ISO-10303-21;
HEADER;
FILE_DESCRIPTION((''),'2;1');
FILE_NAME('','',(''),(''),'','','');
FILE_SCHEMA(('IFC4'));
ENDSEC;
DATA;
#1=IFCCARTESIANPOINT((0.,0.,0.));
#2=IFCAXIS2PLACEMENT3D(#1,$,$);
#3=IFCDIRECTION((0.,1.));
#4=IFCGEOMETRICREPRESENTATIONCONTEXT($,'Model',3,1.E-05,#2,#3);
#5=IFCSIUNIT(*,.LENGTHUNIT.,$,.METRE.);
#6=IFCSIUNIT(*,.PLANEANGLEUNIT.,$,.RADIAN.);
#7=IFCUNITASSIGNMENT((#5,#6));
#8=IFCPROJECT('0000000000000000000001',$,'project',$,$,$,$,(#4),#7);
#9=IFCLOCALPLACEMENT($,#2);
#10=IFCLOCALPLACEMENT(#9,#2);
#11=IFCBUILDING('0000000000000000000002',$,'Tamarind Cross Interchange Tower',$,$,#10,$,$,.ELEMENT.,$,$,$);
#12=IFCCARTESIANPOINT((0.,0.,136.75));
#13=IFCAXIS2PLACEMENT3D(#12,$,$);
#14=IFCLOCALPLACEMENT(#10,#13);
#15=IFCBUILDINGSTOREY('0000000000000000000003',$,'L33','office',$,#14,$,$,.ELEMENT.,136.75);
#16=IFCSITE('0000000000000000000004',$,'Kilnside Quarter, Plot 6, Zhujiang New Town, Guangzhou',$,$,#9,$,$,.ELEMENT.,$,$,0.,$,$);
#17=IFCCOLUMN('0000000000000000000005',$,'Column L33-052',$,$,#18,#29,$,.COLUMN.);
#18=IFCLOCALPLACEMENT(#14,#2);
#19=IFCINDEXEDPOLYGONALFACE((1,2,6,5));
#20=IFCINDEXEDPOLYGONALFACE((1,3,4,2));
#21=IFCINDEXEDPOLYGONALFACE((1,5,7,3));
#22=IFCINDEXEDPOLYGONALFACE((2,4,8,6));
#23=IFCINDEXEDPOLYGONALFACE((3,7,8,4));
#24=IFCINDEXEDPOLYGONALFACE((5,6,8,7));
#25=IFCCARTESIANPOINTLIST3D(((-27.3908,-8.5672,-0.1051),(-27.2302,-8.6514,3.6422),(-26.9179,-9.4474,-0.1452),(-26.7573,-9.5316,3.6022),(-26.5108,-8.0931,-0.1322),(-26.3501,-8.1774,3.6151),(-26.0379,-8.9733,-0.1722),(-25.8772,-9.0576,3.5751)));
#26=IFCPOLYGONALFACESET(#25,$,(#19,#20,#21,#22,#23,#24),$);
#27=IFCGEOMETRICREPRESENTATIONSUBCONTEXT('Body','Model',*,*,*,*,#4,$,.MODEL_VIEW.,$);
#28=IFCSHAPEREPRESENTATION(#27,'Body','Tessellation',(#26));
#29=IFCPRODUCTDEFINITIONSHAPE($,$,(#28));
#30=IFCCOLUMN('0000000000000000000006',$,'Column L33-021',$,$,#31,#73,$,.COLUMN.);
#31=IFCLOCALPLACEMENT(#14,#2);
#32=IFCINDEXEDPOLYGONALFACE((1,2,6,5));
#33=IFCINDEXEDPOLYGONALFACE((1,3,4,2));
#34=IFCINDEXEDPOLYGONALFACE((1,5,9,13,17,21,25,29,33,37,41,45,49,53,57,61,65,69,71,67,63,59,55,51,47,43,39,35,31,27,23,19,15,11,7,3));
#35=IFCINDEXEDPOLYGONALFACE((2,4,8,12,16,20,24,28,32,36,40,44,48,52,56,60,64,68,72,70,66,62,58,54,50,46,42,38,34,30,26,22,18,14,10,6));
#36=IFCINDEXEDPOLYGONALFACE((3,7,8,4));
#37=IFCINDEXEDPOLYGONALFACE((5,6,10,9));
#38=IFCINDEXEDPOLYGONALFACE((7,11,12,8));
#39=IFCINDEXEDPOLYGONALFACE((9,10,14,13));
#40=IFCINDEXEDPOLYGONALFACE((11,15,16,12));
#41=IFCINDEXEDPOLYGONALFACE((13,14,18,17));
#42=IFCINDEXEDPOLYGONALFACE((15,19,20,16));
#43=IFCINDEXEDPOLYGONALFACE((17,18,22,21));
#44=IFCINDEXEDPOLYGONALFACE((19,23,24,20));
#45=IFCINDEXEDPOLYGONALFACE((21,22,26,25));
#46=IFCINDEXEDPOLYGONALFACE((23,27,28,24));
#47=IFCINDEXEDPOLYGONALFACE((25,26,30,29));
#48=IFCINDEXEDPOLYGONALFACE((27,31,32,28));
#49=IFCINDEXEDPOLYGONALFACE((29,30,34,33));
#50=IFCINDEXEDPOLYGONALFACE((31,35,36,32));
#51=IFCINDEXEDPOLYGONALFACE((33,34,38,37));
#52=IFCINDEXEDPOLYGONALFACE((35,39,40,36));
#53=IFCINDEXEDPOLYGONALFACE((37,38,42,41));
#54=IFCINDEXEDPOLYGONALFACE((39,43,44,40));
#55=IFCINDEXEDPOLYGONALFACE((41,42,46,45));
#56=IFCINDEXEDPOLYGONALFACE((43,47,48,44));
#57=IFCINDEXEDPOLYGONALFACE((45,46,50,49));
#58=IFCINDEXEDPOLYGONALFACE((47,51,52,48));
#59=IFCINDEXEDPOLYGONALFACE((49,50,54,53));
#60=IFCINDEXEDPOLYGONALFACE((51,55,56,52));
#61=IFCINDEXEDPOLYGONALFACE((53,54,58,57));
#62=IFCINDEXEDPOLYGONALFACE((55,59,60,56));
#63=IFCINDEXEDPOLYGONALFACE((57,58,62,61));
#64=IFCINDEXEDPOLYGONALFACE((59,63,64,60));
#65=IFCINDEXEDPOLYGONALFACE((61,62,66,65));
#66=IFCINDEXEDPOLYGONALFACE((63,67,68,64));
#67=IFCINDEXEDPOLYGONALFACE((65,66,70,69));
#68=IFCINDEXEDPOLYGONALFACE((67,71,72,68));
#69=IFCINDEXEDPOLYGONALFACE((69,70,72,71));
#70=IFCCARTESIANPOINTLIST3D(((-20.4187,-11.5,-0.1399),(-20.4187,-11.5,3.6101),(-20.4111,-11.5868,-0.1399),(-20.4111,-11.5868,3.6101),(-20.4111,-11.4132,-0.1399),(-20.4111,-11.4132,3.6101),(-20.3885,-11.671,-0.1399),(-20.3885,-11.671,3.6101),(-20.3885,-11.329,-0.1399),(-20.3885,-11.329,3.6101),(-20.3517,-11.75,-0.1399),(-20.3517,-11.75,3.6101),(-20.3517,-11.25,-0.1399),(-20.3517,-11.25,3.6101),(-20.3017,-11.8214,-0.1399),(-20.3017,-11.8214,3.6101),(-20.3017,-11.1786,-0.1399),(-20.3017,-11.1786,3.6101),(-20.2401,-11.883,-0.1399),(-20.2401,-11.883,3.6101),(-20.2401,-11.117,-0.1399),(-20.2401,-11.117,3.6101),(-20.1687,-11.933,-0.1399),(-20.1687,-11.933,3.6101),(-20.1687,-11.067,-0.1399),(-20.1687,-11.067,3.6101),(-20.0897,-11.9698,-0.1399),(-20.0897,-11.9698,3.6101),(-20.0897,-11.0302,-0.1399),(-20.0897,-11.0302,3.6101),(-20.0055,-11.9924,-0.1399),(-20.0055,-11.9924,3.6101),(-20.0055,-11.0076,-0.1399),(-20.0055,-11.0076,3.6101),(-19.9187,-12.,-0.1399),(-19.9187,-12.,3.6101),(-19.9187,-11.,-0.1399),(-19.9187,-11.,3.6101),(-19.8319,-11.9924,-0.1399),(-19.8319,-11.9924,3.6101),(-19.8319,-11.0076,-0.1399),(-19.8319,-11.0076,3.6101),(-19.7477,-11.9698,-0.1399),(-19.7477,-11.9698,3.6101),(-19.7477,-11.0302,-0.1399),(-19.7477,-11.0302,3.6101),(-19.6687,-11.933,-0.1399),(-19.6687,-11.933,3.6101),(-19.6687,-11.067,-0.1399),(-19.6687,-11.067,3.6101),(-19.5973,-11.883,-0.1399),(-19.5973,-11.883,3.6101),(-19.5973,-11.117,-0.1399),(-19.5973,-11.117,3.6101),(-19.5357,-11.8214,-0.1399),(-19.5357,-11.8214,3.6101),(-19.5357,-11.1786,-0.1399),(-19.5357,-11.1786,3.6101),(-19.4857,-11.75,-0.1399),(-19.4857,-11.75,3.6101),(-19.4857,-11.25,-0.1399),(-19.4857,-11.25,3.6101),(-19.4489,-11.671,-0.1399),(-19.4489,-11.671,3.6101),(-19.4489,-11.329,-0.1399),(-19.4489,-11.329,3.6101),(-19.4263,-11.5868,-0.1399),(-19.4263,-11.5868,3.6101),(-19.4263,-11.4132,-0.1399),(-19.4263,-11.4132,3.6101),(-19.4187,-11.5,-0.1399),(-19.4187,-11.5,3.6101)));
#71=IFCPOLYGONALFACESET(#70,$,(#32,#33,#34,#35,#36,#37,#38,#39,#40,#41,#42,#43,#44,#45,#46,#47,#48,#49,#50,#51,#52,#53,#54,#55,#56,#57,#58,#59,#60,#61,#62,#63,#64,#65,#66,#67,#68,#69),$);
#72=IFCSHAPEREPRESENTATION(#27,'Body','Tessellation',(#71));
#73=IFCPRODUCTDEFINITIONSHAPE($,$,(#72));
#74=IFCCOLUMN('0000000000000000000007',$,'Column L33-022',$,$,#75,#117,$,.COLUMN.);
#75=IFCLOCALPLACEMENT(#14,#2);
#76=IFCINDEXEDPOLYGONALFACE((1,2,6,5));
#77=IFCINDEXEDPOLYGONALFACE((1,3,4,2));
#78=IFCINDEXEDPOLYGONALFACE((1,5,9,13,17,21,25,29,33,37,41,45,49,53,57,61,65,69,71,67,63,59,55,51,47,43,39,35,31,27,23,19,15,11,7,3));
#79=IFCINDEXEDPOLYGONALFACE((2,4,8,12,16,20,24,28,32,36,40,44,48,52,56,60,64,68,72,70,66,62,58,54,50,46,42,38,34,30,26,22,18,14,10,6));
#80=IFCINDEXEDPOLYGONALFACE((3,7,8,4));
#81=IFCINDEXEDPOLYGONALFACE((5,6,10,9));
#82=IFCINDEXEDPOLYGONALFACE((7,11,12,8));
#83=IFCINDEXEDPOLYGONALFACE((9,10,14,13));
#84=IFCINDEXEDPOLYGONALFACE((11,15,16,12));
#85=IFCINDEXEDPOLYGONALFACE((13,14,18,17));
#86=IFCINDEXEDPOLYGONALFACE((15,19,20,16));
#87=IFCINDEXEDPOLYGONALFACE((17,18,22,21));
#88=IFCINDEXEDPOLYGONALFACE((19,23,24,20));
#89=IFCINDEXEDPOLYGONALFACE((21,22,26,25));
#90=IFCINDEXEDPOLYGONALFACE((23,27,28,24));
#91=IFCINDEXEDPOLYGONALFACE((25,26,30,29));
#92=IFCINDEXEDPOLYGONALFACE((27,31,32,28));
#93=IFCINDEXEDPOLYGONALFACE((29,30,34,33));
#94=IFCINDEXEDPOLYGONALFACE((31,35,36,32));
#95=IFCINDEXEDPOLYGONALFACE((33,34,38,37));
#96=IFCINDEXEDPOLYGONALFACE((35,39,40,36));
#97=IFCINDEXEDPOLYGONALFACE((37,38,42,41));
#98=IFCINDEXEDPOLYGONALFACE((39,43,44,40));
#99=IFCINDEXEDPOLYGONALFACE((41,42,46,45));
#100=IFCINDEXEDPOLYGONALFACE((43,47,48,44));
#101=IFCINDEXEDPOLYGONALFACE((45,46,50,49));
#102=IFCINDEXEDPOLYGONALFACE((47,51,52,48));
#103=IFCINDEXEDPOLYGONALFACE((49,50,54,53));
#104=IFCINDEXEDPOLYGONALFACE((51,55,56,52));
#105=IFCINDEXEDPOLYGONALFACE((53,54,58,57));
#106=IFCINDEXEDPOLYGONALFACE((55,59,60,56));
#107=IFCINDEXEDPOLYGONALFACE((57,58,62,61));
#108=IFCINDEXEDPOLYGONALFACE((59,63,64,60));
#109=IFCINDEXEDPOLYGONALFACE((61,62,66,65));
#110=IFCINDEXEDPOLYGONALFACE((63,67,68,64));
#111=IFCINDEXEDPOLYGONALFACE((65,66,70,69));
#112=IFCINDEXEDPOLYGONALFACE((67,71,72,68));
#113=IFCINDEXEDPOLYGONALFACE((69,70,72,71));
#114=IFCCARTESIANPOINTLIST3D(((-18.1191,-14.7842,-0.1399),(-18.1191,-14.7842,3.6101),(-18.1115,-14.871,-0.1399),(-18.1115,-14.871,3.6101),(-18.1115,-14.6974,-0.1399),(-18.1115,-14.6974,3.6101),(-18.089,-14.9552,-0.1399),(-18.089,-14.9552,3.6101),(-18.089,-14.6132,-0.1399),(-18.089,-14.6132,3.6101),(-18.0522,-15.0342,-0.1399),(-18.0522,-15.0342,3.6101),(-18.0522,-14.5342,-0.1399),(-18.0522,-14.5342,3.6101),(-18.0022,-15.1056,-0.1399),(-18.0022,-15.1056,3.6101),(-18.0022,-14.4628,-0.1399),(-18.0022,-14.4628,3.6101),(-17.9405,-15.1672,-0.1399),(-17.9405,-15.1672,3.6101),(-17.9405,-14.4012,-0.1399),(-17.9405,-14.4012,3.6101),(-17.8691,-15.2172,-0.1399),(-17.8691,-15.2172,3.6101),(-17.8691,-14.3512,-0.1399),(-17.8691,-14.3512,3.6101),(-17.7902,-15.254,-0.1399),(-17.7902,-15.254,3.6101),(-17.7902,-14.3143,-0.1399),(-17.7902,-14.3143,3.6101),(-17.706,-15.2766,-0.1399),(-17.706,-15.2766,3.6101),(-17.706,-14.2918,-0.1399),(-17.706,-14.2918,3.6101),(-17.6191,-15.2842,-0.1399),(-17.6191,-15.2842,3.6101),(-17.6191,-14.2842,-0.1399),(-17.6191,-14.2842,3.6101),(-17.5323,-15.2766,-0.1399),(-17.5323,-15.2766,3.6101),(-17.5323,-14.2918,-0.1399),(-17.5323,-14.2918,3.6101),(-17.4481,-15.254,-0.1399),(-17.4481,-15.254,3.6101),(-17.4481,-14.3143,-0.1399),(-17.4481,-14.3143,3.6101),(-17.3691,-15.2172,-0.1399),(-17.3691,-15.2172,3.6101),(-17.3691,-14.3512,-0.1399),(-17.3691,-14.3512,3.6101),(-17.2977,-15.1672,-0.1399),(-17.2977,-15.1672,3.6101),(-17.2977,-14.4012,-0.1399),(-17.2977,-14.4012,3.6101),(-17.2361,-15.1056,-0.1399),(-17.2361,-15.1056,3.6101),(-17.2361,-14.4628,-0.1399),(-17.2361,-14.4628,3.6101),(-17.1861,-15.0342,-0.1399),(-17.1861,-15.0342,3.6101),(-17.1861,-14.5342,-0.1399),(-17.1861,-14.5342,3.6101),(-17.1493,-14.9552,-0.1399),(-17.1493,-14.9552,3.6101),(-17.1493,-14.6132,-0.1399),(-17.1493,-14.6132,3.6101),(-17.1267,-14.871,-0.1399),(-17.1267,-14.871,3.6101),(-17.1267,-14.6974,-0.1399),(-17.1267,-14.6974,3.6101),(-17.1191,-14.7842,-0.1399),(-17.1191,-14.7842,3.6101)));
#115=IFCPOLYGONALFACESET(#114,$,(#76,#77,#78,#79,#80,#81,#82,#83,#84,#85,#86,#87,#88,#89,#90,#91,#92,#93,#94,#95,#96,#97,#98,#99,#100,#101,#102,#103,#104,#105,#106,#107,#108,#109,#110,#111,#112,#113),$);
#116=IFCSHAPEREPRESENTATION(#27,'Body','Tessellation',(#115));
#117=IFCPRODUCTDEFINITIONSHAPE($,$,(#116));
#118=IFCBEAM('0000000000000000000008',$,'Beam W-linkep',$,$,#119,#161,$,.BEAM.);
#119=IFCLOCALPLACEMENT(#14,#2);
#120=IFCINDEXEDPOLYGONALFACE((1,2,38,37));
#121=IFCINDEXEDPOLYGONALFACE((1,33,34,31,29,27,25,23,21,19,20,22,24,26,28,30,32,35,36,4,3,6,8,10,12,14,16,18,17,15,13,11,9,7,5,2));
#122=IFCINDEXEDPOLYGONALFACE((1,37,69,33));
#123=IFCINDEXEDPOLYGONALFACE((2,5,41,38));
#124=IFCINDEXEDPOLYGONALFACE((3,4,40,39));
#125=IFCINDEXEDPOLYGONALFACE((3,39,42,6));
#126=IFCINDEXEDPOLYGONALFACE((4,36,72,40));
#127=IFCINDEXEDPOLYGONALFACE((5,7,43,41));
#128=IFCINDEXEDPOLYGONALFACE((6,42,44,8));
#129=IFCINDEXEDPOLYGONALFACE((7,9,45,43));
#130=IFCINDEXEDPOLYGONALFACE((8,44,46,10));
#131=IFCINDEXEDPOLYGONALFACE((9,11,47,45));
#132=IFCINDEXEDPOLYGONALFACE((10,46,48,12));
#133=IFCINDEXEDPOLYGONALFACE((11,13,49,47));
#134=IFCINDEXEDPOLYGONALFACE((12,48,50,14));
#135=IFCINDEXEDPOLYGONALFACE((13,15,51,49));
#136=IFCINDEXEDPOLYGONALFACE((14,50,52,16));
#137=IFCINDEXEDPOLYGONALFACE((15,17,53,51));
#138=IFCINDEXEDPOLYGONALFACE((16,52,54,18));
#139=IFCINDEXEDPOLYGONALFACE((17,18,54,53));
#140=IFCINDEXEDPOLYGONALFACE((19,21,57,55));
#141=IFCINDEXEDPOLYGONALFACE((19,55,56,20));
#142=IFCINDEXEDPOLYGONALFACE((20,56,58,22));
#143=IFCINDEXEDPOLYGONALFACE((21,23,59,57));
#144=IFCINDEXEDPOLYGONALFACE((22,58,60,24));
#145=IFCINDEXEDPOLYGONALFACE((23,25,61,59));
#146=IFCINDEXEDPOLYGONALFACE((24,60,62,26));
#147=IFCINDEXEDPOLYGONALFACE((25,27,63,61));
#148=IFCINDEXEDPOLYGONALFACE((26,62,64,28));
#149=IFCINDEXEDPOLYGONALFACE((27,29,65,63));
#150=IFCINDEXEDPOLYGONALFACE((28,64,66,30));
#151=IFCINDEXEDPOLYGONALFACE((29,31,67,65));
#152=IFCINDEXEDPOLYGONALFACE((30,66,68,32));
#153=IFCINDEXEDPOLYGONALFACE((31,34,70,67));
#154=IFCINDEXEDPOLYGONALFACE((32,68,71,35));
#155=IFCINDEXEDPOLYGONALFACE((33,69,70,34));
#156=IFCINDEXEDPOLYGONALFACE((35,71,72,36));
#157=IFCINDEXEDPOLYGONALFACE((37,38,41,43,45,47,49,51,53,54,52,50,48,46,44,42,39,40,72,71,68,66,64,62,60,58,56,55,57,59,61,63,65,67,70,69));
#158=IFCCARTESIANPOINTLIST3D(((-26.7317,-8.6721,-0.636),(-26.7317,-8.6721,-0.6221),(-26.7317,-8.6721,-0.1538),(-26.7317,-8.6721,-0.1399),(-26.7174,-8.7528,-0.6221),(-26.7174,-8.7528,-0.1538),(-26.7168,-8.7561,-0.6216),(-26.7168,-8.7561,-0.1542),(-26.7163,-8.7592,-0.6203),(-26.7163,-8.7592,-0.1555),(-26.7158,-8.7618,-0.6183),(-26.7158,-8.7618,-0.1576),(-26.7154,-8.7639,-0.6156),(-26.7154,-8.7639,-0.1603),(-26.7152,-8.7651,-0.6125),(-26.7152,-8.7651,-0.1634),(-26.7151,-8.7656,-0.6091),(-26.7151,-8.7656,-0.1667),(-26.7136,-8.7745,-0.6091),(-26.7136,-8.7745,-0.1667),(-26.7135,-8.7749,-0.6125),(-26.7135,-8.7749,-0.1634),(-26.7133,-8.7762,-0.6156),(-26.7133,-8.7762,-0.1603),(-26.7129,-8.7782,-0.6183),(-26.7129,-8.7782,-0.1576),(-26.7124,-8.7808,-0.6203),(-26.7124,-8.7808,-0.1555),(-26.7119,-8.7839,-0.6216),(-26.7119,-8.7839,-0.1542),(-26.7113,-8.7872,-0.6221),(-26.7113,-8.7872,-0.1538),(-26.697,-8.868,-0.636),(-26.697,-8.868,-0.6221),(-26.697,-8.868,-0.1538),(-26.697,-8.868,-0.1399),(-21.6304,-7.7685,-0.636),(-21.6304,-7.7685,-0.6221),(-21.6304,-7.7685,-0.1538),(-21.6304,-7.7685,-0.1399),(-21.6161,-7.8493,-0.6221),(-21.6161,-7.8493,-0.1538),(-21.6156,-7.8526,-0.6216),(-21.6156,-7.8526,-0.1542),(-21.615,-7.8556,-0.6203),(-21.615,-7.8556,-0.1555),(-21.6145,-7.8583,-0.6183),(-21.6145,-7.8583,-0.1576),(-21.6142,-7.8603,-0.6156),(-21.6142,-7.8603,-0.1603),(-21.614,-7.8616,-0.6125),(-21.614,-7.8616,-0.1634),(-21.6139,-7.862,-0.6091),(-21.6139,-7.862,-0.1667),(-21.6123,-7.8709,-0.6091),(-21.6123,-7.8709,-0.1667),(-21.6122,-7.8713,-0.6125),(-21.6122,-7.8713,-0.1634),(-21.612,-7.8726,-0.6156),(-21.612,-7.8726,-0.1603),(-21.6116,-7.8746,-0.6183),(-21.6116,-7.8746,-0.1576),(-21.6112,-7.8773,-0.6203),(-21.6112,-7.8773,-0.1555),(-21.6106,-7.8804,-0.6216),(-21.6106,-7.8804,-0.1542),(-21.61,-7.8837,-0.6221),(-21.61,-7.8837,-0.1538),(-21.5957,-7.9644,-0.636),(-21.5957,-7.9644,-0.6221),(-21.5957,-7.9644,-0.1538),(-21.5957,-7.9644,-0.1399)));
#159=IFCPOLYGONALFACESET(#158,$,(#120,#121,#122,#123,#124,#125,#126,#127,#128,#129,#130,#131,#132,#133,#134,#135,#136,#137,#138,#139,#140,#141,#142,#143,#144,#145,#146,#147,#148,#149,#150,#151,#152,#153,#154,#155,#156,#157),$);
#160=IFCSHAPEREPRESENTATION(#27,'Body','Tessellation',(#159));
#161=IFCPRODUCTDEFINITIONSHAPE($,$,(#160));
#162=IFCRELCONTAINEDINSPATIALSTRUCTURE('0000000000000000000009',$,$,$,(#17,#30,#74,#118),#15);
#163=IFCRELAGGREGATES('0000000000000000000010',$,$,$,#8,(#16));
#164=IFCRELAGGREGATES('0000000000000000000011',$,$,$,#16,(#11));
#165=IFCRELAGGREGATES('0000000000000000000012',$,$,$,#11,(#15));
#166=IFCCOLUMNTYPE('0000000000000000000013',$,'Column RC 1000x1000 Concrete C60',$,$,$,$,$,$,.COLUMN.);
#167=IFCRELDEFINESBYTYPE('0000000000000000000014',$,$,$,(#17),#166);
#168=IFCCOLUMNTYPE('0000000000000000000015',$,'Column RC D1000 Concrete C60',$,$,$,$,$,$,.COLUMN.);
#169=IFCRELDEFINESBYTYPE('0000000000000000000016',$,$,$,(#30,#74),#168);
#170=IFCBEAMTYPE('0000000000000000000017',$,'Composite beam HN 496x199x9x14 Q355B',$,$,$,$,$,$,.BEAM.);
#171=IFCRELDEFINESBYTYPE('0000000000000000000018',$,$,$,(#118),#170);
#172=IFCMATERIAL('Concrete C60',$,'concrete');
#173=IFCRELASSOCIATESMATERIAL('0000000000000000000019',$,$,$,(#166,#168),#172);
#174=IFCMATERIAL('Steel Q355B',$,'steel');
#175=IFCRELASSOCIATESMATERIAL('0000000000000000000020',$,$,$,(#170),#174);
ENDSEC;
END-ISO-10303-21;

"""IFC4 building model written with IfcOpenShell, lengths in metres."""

from ifc_helpers import new_model, si_unit, direction, frame, origin, origin_2d, place, context, subcontext, project, spatial, rectangle, circle, i_section, extrude, material, material_profile, profile_set, type_object, element, save


model = new_model("IFC4")

# Units and contexts
model_context = context("Model", 3, precision=1e-05, world=origin(), true_north=direction((0.0, 1.0)))
body_context = subcontext(model_context, "Body", "Model", "MODEL_VIEW")
ifc_project = project(units=[si_unit("LENGTHUNIT", "METRE"), si_unit("PLANEANGLEUNIT", "RADIAN")], contexts=[model_context])

# Site, building, storey
site_placement = place(None, origin())
site = spatial("IfcSite", under=ifc_project, at=site_placement, Name="Kilnside Quarter, Plot 6, Zhujiang New Town, Guangzhou", CompositionType="ELEMENT", RefElevation=0.0)
building_placement = place(site_placement, origin())
building = spatial("IfcBuilding", under=site, at=building_placement, Name="Tamarind Cross Interchange Tower", CompositionType="ELEMENT")
storey_placement = place(building_placement, frame((0.0, 0.0, 136.75)))
storey = spatial("IfcBuildingStorey", under=building, at=storey_placement, Name="L33", Description="office", CompositionType="ELEMENT", Elevation=136.75)

# Columns
ifc_material_1 = material(Name="Concrete C60", Category="concrete")
ifc_material_profile_1 = material_profile(ifc_material_1, rectangle(XDim=1.0, YDim=1.0, at=origin_2d()), Name="RC 1000x1000")
ifc_profile_set_1 = profile_set([ifc_material_profile_1], Name="Concrete C60")
column_type_1 = type_object("IfcColumnType", Name="Column RC 1000x1000 Concrete C60", PredefinedType="COLUMN", material=ifc_profile_set_1)
column_placement = place(storey_placement, frame((-26.7144, -8.7703, -0.1387), z_axis=(0.042819, -0.022451, 0.998831), x_axis=(-0.472898, 0.880206, 0.040057)))
element("IfcColumn", 1, at=column_placement, inside=storey, type_object=column_type_1, Name="Column L33-052", PredefinedType="COLUMN", context=body_context, shape_type="SweptSolid", body=[
    extrude(rectangle(XDim=1.0, YDim=1.0, at=origin_2d()), origin(), (0.0, 0.0, 1.0), 3.7517),
])
ifc_material_profile_2 = material_profile(ifc_material_1, circle(Radius=0.5, at=origin_2d()), Name="RC D1000")
ifc_profile_set_2 = profile_set([ifc_material_profile_2], Name="Concrete C60")
column_type_2 = type_object("IfcColumnType", Name="Column RC D1000 Concrete C60", PredefinedType="COLUMN", material=ifc_profile_set_2)
for number, where, z_axis, x_axis, name in (
    (2, (-19.9187, -11.5, -0.1399), (0.0, 0.0, 1.0), (1.0, 0.0, 0.0), "Column L33-021"),
    (3, (-17.6191, -14.7842, -0.1399), (0.0, 0.0, 1.0), (1.0, 0.0, 0.0), "Column L33-022"),
):
    element("IfcColumn", number, at=place(storey_placement, frame(where, z_axis=z_axis, x_axis=x_axis)), inside=storey, type_object=column_type_2, Name=name, PredefinedType="COLUMN", context=body_context, shape_type="SweptSolid", body=[
        extrude(circle(Radius=0.5, at=origin_2d()), origin(), (0.0, 0.0, 1.0), 3.75),
    ])

# Beam
ifc_material_2 = material(Name="Steel Q355B", Category="steel")
ifc_material_profile_3 = material_profile(ifc_material_2, i_section(OverallWidth=0.199, OverallDepth=0.4961, WebThickness=0.009, FlangeThickness=0.0139, FilletRadius=0.0129, at=origin_2d()), Name="HN 496x199x9x14")
ifc_profile_set_3 = profile_set([ifc_material_profile_3], Name="Steel Q355B")
beam_type_1 = type_object("IfcBeamType", Name="Composite beam HN 496x199x9x14 Q355B", PredefinedType="BEAM", material=ifc_profile_set_3)
beam_1_placement = place(storey_placement, frame((-26.7144, -8.77, -0.3879), z_axis=(0.984673, 0.174409, 0.0), x_axis=(-0.174409, 0.984673, 0.0)))
element("IfcBeam", 4, at=beam_1_placement, inside=storey, type_object=beam_type_1, Name="Beam W-linkep", PredefinedType="BEAM", context=body_context, shape_type="SweptSolid", body=[
    extrude(i_section(OverallWidth=0.199, OverallDepth=0.4961, WebThickness=0.009, FlangeThickness=0.0139, FilletRadius=0.0129, at=origin_2d()), origin(), (0.0, 0.0, 1.0), 5.1807),
])

save(model, "model.ifc")
